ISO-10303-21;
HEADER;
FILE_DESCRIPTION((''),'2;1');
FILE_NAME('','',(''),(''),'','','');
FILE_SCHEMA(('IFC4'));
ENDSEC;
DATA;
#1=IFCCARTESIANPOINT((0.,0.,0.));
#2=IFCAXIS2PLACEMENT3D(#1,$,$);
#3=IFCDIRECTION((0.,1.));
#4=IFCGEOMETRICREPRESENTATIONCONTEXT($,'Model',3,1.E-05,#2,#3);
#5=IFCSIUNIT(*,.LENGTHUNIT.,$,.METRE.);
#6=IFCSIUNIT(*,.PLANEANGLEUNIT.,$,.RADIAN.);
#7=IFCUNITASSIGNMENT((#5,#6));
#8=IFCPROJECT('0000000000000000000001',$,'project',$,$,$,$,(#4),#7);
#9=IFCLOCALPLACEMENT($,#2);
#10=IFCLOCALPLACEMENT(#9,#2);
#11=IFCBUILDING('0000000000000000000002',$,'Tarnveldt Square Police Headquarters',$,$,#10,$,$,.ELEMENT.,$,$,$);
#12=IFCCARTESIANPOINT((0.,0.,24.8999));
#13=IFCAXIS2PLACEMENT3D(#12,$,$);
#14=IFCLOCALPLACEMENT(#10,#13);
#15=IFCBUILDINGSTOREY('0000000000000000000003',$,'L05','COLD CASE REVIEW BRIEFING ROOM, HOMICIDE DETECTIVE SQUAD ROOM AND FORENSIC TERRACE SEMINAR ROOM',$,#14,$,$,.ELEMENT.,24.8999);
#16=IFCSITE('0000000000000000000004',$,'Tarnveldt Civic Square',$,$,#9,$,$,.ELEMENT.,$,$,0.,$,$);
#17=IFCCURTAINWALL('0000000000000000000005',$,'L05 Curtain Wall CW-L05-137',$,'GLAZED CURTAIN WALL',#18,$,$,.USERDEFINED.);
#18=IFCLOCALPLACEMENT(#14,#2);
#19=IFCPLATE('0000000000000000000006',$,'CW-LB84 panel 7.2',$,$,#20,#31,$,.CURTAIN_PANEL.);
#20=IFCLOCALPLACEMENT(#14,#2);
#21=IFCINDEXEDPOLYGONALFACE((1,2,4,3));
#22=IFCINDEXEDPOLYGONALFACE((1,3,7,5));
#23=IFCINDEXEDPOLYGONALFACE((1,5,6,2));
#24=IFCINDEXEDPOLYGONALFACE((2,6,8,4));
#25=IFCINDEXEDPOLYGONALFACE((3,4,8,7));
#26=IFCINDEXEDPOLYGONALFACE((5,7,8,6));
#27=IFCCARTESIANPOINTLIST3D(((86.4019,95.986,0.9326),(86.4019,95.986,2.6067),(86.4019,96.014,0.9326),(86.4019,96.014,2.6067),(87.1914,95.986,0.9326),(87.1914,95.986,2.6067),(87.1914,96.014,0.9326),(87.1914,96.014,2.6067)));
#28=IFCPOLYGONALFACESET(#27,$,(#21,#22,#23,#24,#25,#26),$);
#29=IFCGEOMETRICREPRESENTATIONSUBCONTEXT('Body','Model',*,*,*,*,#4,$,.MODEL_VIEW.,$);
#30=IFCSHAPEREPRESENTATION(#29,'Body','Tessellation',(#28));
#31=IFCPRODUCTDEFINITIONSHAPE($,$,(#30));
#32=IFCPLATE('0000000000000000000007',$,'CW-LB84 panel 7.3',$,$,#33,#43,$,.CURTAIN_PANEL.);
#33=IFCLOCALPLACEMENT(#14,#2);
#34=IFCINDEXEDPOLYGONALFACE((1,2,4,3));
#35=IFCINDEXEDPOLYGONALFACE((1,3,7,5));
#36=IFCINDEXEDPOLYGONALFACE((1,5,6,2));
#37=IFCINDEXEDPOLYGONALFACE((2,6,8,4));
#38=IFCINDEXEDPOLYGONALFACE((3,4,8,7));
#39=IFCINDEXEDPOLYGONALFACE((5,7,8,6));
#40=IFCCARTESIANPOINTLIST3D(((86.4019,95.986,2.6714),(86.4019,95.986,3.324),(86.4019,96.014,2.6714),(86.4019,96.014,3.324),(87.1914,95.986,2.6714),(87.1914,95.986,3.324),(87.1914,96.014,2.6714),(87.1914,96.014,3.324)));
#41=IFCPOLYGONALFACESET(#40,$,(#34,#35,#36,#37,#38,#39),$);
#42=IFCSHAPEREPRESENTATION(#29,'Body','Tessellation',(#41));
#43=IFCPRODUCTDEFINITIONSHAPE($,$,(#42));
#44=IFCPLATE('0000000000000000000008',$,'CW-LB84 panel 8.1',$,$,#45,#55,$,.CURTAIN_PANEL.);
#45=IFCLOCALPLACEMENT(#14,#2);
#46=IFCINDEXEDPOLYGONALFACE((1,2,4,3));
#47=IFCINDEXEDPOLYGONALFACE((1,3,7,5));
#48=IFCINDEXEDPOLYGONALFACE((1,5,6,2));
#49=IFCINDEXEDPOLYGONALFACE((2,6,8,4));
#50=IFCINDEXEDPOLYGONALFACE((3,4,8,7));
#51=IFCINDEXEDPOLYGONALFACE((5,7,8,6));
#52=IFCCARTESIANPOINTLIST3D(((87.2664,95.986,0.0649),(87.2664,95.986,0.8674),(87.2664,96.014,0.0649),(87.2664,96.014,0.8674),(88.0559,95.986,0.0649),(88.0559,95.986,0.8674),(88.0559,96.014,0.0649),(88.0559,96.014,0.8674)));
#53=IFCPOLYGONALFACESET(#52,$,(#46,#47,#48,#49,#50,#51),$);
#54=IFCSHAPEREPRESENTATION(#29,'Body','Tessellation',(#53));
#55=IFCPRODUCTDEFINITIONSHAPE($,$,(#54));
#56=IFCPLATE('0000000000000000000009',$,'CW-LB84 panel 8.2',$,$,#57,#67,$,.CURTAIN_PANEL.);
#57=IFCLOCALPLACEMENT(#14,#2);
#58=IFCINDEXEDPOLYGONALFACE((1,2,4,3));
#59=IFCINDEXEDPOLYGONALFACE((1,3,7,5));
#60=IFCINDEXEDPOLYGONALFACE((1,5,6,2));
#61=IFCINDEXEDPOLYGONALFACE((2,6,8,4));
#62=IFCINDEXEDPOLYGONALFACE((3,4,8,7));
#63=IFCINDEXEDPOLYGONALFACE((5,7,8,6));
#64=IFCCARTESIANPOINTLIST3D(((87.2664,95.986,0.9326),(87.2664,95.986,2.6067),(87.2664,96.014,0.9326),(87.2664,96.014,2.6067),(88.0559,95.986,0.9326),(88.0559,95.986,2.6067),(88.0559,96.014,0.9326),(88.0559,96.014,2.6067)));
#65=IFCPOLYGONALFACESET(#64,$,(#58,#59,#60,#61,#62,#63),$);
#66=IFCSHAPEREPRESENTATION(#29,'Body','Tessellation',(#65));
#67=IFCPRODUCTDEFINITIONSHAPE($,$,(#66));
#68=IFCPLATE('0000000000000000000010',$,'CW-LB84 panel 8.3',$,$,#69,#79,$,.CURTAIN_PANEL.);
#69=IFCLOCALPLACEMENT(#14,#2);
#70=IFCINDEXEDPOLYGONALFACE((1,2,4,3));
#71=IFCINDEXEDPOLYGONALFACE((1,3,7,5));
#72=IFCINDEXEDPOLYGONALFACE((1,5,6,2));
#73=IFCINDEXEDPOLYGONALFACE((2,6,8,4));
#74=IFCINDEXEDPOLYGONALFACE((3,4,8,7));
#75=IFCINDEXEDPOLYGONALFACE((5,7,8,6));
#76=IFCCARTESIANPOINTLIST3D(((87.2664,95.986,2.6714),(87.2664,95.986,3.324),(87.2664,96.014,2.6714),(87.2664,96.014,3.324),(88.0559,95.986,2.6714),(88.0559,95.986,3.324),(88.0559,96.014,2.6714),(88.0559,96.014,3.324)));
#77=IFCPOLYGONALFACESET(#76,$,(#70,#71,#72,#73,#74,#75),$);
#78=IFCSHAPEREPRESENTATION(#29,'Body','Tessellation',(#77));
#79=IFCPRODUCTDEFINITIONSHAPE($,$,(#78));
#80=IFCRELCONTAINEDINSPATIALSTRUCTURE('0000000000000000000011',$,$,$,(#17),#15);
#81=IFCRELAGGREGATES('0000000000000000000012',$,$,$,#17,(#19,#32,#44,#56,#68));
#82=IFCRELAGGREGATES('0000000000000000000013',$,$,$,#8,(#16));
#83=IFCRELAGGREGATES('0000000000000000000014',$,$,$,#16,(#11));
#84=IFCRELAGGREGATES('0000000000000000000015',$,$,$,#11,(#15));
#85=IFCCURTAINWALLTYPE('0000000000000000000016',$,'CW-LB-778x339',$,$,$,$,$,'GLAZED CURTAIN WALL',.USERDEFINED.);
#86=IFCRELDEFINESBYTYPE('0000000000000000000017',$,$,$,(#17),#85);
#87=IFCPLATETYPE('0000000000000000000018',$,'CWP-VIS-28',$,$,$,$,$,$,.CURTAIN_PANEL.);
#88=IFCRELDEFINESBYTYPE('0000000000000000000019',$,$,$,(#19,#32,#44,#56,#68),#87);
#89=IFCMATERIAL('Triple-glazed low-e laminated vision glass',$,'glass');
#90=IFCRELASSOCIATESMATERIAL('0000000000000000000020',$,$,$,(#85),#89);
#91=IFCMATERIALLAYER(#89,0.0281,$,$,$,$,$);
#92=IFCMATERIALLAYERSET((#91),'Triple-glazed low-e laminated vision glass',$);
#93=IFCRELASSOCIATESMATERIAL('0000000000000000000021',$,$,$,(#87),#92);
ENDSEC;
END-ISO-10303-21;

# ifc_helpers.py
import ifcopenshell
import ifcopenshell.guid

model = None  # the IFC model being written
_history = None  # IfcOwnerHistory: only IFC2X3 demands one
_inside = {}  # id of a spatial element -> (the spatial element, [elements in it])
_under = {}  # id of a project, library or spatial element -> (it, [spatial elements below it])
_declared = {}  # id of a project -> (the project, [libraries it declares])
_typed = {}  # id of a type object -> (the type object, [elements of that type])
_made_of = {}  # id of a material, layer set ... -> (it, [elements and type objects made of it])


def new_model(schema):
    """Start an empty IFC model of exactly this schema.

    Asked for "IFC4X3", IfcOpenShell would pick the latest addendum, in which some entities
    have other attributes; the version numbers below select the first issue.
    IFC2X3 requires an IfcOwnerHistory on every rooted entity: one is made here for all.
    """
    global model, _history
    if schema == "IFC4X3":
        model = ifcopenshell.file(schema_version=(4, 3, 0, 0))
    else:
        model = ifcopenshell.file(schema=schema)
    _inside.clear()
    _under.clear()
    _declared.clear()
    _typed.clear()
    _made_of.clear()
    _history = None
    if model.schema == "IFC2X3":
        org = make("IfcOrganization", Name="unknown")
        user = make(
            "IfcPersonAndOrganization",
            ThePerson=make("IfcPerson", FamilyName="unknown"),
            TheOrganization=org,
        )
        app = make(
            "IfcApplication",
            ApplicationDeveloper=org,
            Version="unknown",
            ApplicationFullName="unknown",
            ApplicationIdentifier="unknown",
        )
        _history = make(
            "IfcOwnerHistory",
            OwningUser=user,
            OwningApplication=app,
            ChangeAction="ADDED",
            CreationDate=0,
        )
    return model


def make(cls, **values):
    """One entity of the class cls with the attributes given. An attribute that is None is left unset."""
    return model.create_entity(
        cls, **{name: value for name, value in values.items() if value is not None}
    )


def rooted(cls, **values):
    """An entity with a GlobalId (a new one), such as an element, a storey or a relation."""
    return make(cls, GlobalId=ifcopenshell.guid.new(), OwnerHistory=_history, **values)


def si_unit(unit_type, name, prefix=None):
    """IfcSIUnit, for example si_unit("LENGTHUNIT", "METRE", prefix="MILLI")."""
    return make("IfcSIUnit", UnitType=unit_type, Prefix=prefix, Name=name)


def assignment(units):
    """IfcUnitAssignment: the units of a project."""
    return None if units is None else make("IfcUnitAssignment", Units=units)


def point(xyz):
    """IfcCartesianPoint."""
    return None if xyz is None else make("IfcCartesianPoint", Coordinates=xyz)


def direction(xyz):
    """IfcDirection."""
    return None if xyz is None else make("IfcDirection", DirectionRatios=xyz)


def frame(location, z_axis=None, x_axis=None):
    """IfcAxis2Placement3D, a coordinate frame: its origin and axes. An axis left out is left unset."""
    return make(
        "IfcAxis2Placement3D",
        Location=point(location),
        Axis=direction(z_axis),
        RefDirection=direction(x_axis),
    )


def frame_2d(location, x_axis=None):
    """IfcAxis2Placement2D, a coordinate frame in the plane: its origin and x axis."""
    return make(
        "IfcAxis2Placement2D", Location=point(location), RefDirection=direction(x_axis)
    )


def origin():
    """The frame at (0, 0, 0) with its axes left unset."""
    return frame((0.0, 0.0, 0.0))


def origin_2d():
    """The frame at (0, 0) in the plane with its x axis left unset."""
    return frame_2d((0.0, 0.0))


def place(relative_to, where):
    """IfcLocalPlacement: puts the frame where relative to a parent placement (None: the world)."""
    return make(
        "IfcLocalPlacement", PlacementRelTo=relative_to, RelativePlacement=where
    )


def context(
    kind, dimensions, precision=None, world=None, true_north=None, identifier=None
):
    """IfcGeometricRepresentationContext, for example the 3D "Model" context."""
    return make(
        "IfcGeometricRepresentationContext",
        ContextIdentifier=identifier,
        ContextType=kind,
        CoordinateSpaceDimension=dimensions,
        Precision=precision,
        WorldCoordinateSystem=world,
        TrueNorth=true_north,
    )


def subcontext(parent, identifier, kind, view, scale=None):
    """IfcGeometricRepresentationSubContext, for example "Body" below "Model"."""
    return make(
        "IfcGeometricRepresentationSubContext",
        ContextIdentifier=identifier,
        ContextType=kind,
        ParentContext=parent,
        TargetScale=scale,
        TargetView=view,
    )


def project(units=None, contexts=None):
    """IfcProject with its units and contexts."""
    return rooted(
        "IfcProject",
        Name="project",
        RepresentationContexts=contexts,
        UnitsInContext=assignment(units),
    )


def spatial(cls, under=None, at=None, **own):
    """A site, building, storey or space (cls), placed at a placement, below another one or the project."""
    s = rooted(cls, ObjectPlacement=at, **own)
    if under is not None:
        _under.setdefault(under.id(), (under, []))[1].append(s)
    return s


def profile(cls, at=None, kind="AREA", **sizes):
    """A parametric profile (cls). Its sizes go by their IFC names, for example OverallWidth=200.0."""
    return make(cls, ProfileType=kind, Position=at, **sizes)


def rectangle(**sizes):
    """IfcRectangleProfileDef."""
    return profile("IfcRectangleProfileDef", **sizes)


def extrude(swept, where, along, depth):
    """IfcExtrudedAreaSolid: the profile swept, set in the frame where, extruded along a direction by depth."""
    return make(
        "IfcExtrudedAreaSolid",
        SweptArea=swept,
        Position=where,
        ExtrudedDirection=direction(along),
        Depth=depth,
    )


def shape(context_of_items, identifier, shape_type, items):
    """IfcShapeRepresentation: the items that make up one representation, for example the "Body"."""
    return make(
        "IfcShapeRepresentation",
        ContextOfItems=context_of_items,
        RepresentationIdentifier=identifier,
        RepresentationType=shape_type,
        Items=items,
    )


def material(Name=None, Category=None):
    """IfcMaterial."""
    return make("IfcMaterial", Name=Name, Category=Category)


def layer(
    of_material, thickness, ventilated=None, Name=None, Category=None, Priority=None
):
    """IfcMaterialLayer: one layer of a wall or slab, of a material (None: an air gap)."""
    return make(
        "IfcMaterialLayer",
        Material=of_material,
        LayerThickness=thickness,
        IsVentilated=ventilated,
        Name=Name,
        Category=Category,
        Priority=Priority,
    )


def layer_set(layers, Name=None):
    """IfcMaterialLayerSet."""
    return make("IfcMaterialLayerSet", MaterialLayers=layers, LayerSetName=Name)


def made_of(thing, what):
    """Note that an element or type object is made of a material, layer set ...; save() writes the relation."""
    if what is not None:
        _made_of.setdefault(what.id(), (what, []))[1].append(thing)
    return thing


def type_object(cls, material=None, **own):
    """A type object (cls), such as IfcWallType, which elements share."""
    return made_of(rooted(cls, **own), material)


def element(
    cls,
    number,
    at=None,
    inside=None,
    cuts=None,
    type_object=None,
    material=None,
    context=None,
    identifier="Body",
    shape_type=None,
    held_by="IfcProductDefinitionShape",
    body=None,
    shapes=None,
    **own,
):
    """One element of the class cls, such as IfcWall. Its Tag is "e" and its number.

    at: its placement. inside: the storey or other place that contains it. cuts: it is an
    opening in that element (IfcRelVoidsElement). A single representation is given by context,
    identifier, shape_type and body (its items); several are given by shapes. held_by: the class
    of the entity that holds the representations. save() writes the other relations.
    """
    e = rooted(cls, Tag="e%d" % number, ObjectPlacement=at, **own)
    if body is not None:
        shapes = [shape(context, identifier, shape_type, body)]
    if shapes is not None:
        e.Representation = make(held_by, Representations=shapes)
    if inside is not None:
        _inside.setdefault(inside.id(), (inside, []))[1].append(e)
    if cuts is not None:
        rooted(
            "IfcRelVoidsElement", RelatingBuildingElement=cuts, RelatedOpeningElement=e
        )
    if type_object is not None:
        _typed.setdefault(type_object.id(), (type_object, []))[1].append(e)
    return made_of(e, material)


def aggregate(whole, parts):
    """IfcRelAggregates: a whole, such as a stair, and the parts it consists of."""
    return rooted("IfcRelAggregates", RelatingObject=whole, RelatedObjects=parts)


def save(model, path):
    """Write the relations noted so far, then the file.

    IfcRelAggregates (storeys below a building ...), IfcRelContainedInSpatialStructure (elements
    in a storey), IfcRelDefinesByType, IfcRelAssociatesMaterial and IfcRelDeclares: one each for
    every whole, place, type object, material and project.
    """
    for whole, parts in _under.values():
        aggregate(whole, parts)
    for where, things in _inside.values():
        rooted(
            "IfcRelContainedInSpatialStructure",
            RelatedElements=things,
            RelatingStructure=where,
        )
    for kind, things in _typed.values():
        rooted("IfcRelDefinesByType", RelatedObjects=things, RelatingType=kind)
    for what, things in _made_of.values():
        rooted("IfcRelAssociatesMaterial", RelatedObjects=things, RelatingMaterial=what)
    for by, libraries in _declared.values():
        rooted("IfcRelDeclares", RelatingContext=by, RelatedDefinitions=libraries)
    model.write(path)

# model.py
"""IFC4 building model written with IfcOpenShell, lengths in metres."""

from ifc_helpers import new_model, si_unit, direction, frame, origin, origin_2d, place, context, subcontext, project, spatial, rectangle, extrude, material, layer, layer_set, type_object, element, aggregate, save


model = new_model("IFC4")

# Units and contexts
model_context = context("Model", 3, precision=1e-05, world=origin(), true_north=direction((0.0, 1.0)))
body_context = subcontext(model_context, "Body", "Model", "MODEL_VIEW")
ifc_project = project(units=[si_unit("LENGTHUNIT", "METRE"), si_unit("PLANEANGLEUNIT", "RADIAN")], contexts=[model_context])

# Site, building, storey
site_placement = place(None, origin())
site = spatial("IfcSite", under=ifc_project, at=site_placement, Name="Tarnveldt Civic Square", CompositionType="ELEMENT", RefElevation=0.0)
building_placement = place(site_placement, origin())
building = spatial("IfcBuilding", under=site, at=building_placement, Name="Tarnveldt Square Police Headquarters", CompositionType="ELEMENT")
storey_placement = place(building_placement, frame((0.0, 0.0, 24.8999)))
storey = spatial("IfcBuildingStorey", under=building, at=storey_placement, Name="L05", Description="COLD CASE REVIEW BRIEFING ROOM, HOMICIDE DETECTIVE SQUAD ROOM AND FORENSIC TERRACE SEMINAR ROOM", CompositionType="ELEMENT", Elevation=24.8999)

# Curtain wall, plates
ifc_material_1 = material(Name="Triple-glazed low-e laminated vision glass", Category="glass")
curtain_wall_type = type_object("IfcCurtainWallType", Name="CW-LB-778x339", ElementType="GLAZED CURTAIN WALL", PredefinedType="USERDEFINED", material=ifc_material_1)
curtain_wall_placement = place(storey_placement, origin())
curtain_wall = element("IfcCurtainWall", 1, at=curtain_wall_placement, inside=storey, type_object=curtain_wall_type, Name="L05 Curtain Wall CW-L05-137", ObjectType="GLAZED CURTAIN WALL", PredefinedType="USERDEFINED")
ifc_layer = layer(ifc_material_1, 0.0281)
ifc_layer_set = layer_set([ifc_layer], Name="Triple-glazed low-e laminated vision glass")
plate_type = type_object("IfcPlateType", Name="CWP-VIS-28", PredefinedType="CURTAIN_PANEL", material=ifc_layer_set)
plate_1_placement = place(storey_placement, frame((86.7966, 96.0, 0.9326), z_axis=(0.0, 0.0, 1.0), x_axis=(1.0, 0.0, 0.0)))
plate_1 = element("IfcPlate", 2, at=plate_1_placement, type_object=plate_type, Name="CW-LB84 panel 7.2", PredefinedType="CURTAIN_PANEL", context=body_context, shape_type="SweptSolid", body=[
    extrude(rectangle(XDim=0.7896, YDim=0.0281, at=origin_2d()), origin(), (0.0, 0.0, 1.0), 1.6741),
])
plate_2_placement = place(storey_placement, frame((86.7966, 96.0, 2.6714), z_axis=(0.0, 0.0, 1.0), x_axis=(1.0, 0.0, 0.0)))
plate_2 = element("IfcPlate", 3, at=plate_2_placement, type_object=plate_type, Name="CW-LB84 panel 7.3", PredefinedType="CURTAIN_PANEL", context=body_context, shape_type="SweptSolid", body=[
    extrude(rectangle(XDim=0.7896, YDim=0.0281, at=origin_2d()), origin(), (0.0, 0.0, 1.0), 0.6526),
])
plate_3_placement = place(storey_placement, frame((87.6611, 96.0, 0.0649), z_axis=(0.0, 0.0, 1.0), x_axis=(1.0, 0.0, 0.0)))
plate_3 = element("IfcPlate", 4, at=plate_3_placement, type_object=plate_type, Name="CW-LB84 panel 8.1", PredefinedType="CURTAIN_PANEL", context=body_context, shape_type="SweptSolid", body=[
    extrude(rectangle(XDim=0.7896, YDim=0.0281, at=origin_2d()), origin(), (0.0, 0.0, 1.0), 0.8025),
])
plate_4_placement = place(storey_placement, frame((87.6611, 96.0, 0.9326), z_axis=(0.0, 0.0, 1.0), x_axis=(1.0, 0.0, 0.0)))
plate_4 = element("IfcPlate", 5, at=plate_4_placement, type_object=plate_type, Name="CW-LB84 panel 8.2", PredefinedType="CURTAIN_PANEL", context=body_context, shape_type="SweptSolid", body=[
    extrude(rectangle(XDim=0.7896, YDim=0.0281, at=origin_2d()), origin(), (0.0, 0.0, 1.0), 1.6741),
])
plate_5_placement = place(storey_placement, frame((87.6611, 96.0, 2.6714), z_axis=(0.0, 0.0, 1.0), x_axis=(1.0, 0.0, 0.0)))
plate_5 = element("IfcPlate", 6, at=plate_5_placement, type_object=plate_type, Name="CW-LB84 panel 8.3", PredefinedType="CURTAIN_PANEL", context=body_context, shape_type="SweptSolid", body=[
    extrude(rectangle(XDim=0.7896, YDim=0.0281, at=origin_2d()), origin(), (0.0, 0.0, 1.0), 0.6526),
])
aggregate(curtain_wall, [plate_1, plate_2, plate_3, plate_4, plate_5])

save(model, "model.ifc")
